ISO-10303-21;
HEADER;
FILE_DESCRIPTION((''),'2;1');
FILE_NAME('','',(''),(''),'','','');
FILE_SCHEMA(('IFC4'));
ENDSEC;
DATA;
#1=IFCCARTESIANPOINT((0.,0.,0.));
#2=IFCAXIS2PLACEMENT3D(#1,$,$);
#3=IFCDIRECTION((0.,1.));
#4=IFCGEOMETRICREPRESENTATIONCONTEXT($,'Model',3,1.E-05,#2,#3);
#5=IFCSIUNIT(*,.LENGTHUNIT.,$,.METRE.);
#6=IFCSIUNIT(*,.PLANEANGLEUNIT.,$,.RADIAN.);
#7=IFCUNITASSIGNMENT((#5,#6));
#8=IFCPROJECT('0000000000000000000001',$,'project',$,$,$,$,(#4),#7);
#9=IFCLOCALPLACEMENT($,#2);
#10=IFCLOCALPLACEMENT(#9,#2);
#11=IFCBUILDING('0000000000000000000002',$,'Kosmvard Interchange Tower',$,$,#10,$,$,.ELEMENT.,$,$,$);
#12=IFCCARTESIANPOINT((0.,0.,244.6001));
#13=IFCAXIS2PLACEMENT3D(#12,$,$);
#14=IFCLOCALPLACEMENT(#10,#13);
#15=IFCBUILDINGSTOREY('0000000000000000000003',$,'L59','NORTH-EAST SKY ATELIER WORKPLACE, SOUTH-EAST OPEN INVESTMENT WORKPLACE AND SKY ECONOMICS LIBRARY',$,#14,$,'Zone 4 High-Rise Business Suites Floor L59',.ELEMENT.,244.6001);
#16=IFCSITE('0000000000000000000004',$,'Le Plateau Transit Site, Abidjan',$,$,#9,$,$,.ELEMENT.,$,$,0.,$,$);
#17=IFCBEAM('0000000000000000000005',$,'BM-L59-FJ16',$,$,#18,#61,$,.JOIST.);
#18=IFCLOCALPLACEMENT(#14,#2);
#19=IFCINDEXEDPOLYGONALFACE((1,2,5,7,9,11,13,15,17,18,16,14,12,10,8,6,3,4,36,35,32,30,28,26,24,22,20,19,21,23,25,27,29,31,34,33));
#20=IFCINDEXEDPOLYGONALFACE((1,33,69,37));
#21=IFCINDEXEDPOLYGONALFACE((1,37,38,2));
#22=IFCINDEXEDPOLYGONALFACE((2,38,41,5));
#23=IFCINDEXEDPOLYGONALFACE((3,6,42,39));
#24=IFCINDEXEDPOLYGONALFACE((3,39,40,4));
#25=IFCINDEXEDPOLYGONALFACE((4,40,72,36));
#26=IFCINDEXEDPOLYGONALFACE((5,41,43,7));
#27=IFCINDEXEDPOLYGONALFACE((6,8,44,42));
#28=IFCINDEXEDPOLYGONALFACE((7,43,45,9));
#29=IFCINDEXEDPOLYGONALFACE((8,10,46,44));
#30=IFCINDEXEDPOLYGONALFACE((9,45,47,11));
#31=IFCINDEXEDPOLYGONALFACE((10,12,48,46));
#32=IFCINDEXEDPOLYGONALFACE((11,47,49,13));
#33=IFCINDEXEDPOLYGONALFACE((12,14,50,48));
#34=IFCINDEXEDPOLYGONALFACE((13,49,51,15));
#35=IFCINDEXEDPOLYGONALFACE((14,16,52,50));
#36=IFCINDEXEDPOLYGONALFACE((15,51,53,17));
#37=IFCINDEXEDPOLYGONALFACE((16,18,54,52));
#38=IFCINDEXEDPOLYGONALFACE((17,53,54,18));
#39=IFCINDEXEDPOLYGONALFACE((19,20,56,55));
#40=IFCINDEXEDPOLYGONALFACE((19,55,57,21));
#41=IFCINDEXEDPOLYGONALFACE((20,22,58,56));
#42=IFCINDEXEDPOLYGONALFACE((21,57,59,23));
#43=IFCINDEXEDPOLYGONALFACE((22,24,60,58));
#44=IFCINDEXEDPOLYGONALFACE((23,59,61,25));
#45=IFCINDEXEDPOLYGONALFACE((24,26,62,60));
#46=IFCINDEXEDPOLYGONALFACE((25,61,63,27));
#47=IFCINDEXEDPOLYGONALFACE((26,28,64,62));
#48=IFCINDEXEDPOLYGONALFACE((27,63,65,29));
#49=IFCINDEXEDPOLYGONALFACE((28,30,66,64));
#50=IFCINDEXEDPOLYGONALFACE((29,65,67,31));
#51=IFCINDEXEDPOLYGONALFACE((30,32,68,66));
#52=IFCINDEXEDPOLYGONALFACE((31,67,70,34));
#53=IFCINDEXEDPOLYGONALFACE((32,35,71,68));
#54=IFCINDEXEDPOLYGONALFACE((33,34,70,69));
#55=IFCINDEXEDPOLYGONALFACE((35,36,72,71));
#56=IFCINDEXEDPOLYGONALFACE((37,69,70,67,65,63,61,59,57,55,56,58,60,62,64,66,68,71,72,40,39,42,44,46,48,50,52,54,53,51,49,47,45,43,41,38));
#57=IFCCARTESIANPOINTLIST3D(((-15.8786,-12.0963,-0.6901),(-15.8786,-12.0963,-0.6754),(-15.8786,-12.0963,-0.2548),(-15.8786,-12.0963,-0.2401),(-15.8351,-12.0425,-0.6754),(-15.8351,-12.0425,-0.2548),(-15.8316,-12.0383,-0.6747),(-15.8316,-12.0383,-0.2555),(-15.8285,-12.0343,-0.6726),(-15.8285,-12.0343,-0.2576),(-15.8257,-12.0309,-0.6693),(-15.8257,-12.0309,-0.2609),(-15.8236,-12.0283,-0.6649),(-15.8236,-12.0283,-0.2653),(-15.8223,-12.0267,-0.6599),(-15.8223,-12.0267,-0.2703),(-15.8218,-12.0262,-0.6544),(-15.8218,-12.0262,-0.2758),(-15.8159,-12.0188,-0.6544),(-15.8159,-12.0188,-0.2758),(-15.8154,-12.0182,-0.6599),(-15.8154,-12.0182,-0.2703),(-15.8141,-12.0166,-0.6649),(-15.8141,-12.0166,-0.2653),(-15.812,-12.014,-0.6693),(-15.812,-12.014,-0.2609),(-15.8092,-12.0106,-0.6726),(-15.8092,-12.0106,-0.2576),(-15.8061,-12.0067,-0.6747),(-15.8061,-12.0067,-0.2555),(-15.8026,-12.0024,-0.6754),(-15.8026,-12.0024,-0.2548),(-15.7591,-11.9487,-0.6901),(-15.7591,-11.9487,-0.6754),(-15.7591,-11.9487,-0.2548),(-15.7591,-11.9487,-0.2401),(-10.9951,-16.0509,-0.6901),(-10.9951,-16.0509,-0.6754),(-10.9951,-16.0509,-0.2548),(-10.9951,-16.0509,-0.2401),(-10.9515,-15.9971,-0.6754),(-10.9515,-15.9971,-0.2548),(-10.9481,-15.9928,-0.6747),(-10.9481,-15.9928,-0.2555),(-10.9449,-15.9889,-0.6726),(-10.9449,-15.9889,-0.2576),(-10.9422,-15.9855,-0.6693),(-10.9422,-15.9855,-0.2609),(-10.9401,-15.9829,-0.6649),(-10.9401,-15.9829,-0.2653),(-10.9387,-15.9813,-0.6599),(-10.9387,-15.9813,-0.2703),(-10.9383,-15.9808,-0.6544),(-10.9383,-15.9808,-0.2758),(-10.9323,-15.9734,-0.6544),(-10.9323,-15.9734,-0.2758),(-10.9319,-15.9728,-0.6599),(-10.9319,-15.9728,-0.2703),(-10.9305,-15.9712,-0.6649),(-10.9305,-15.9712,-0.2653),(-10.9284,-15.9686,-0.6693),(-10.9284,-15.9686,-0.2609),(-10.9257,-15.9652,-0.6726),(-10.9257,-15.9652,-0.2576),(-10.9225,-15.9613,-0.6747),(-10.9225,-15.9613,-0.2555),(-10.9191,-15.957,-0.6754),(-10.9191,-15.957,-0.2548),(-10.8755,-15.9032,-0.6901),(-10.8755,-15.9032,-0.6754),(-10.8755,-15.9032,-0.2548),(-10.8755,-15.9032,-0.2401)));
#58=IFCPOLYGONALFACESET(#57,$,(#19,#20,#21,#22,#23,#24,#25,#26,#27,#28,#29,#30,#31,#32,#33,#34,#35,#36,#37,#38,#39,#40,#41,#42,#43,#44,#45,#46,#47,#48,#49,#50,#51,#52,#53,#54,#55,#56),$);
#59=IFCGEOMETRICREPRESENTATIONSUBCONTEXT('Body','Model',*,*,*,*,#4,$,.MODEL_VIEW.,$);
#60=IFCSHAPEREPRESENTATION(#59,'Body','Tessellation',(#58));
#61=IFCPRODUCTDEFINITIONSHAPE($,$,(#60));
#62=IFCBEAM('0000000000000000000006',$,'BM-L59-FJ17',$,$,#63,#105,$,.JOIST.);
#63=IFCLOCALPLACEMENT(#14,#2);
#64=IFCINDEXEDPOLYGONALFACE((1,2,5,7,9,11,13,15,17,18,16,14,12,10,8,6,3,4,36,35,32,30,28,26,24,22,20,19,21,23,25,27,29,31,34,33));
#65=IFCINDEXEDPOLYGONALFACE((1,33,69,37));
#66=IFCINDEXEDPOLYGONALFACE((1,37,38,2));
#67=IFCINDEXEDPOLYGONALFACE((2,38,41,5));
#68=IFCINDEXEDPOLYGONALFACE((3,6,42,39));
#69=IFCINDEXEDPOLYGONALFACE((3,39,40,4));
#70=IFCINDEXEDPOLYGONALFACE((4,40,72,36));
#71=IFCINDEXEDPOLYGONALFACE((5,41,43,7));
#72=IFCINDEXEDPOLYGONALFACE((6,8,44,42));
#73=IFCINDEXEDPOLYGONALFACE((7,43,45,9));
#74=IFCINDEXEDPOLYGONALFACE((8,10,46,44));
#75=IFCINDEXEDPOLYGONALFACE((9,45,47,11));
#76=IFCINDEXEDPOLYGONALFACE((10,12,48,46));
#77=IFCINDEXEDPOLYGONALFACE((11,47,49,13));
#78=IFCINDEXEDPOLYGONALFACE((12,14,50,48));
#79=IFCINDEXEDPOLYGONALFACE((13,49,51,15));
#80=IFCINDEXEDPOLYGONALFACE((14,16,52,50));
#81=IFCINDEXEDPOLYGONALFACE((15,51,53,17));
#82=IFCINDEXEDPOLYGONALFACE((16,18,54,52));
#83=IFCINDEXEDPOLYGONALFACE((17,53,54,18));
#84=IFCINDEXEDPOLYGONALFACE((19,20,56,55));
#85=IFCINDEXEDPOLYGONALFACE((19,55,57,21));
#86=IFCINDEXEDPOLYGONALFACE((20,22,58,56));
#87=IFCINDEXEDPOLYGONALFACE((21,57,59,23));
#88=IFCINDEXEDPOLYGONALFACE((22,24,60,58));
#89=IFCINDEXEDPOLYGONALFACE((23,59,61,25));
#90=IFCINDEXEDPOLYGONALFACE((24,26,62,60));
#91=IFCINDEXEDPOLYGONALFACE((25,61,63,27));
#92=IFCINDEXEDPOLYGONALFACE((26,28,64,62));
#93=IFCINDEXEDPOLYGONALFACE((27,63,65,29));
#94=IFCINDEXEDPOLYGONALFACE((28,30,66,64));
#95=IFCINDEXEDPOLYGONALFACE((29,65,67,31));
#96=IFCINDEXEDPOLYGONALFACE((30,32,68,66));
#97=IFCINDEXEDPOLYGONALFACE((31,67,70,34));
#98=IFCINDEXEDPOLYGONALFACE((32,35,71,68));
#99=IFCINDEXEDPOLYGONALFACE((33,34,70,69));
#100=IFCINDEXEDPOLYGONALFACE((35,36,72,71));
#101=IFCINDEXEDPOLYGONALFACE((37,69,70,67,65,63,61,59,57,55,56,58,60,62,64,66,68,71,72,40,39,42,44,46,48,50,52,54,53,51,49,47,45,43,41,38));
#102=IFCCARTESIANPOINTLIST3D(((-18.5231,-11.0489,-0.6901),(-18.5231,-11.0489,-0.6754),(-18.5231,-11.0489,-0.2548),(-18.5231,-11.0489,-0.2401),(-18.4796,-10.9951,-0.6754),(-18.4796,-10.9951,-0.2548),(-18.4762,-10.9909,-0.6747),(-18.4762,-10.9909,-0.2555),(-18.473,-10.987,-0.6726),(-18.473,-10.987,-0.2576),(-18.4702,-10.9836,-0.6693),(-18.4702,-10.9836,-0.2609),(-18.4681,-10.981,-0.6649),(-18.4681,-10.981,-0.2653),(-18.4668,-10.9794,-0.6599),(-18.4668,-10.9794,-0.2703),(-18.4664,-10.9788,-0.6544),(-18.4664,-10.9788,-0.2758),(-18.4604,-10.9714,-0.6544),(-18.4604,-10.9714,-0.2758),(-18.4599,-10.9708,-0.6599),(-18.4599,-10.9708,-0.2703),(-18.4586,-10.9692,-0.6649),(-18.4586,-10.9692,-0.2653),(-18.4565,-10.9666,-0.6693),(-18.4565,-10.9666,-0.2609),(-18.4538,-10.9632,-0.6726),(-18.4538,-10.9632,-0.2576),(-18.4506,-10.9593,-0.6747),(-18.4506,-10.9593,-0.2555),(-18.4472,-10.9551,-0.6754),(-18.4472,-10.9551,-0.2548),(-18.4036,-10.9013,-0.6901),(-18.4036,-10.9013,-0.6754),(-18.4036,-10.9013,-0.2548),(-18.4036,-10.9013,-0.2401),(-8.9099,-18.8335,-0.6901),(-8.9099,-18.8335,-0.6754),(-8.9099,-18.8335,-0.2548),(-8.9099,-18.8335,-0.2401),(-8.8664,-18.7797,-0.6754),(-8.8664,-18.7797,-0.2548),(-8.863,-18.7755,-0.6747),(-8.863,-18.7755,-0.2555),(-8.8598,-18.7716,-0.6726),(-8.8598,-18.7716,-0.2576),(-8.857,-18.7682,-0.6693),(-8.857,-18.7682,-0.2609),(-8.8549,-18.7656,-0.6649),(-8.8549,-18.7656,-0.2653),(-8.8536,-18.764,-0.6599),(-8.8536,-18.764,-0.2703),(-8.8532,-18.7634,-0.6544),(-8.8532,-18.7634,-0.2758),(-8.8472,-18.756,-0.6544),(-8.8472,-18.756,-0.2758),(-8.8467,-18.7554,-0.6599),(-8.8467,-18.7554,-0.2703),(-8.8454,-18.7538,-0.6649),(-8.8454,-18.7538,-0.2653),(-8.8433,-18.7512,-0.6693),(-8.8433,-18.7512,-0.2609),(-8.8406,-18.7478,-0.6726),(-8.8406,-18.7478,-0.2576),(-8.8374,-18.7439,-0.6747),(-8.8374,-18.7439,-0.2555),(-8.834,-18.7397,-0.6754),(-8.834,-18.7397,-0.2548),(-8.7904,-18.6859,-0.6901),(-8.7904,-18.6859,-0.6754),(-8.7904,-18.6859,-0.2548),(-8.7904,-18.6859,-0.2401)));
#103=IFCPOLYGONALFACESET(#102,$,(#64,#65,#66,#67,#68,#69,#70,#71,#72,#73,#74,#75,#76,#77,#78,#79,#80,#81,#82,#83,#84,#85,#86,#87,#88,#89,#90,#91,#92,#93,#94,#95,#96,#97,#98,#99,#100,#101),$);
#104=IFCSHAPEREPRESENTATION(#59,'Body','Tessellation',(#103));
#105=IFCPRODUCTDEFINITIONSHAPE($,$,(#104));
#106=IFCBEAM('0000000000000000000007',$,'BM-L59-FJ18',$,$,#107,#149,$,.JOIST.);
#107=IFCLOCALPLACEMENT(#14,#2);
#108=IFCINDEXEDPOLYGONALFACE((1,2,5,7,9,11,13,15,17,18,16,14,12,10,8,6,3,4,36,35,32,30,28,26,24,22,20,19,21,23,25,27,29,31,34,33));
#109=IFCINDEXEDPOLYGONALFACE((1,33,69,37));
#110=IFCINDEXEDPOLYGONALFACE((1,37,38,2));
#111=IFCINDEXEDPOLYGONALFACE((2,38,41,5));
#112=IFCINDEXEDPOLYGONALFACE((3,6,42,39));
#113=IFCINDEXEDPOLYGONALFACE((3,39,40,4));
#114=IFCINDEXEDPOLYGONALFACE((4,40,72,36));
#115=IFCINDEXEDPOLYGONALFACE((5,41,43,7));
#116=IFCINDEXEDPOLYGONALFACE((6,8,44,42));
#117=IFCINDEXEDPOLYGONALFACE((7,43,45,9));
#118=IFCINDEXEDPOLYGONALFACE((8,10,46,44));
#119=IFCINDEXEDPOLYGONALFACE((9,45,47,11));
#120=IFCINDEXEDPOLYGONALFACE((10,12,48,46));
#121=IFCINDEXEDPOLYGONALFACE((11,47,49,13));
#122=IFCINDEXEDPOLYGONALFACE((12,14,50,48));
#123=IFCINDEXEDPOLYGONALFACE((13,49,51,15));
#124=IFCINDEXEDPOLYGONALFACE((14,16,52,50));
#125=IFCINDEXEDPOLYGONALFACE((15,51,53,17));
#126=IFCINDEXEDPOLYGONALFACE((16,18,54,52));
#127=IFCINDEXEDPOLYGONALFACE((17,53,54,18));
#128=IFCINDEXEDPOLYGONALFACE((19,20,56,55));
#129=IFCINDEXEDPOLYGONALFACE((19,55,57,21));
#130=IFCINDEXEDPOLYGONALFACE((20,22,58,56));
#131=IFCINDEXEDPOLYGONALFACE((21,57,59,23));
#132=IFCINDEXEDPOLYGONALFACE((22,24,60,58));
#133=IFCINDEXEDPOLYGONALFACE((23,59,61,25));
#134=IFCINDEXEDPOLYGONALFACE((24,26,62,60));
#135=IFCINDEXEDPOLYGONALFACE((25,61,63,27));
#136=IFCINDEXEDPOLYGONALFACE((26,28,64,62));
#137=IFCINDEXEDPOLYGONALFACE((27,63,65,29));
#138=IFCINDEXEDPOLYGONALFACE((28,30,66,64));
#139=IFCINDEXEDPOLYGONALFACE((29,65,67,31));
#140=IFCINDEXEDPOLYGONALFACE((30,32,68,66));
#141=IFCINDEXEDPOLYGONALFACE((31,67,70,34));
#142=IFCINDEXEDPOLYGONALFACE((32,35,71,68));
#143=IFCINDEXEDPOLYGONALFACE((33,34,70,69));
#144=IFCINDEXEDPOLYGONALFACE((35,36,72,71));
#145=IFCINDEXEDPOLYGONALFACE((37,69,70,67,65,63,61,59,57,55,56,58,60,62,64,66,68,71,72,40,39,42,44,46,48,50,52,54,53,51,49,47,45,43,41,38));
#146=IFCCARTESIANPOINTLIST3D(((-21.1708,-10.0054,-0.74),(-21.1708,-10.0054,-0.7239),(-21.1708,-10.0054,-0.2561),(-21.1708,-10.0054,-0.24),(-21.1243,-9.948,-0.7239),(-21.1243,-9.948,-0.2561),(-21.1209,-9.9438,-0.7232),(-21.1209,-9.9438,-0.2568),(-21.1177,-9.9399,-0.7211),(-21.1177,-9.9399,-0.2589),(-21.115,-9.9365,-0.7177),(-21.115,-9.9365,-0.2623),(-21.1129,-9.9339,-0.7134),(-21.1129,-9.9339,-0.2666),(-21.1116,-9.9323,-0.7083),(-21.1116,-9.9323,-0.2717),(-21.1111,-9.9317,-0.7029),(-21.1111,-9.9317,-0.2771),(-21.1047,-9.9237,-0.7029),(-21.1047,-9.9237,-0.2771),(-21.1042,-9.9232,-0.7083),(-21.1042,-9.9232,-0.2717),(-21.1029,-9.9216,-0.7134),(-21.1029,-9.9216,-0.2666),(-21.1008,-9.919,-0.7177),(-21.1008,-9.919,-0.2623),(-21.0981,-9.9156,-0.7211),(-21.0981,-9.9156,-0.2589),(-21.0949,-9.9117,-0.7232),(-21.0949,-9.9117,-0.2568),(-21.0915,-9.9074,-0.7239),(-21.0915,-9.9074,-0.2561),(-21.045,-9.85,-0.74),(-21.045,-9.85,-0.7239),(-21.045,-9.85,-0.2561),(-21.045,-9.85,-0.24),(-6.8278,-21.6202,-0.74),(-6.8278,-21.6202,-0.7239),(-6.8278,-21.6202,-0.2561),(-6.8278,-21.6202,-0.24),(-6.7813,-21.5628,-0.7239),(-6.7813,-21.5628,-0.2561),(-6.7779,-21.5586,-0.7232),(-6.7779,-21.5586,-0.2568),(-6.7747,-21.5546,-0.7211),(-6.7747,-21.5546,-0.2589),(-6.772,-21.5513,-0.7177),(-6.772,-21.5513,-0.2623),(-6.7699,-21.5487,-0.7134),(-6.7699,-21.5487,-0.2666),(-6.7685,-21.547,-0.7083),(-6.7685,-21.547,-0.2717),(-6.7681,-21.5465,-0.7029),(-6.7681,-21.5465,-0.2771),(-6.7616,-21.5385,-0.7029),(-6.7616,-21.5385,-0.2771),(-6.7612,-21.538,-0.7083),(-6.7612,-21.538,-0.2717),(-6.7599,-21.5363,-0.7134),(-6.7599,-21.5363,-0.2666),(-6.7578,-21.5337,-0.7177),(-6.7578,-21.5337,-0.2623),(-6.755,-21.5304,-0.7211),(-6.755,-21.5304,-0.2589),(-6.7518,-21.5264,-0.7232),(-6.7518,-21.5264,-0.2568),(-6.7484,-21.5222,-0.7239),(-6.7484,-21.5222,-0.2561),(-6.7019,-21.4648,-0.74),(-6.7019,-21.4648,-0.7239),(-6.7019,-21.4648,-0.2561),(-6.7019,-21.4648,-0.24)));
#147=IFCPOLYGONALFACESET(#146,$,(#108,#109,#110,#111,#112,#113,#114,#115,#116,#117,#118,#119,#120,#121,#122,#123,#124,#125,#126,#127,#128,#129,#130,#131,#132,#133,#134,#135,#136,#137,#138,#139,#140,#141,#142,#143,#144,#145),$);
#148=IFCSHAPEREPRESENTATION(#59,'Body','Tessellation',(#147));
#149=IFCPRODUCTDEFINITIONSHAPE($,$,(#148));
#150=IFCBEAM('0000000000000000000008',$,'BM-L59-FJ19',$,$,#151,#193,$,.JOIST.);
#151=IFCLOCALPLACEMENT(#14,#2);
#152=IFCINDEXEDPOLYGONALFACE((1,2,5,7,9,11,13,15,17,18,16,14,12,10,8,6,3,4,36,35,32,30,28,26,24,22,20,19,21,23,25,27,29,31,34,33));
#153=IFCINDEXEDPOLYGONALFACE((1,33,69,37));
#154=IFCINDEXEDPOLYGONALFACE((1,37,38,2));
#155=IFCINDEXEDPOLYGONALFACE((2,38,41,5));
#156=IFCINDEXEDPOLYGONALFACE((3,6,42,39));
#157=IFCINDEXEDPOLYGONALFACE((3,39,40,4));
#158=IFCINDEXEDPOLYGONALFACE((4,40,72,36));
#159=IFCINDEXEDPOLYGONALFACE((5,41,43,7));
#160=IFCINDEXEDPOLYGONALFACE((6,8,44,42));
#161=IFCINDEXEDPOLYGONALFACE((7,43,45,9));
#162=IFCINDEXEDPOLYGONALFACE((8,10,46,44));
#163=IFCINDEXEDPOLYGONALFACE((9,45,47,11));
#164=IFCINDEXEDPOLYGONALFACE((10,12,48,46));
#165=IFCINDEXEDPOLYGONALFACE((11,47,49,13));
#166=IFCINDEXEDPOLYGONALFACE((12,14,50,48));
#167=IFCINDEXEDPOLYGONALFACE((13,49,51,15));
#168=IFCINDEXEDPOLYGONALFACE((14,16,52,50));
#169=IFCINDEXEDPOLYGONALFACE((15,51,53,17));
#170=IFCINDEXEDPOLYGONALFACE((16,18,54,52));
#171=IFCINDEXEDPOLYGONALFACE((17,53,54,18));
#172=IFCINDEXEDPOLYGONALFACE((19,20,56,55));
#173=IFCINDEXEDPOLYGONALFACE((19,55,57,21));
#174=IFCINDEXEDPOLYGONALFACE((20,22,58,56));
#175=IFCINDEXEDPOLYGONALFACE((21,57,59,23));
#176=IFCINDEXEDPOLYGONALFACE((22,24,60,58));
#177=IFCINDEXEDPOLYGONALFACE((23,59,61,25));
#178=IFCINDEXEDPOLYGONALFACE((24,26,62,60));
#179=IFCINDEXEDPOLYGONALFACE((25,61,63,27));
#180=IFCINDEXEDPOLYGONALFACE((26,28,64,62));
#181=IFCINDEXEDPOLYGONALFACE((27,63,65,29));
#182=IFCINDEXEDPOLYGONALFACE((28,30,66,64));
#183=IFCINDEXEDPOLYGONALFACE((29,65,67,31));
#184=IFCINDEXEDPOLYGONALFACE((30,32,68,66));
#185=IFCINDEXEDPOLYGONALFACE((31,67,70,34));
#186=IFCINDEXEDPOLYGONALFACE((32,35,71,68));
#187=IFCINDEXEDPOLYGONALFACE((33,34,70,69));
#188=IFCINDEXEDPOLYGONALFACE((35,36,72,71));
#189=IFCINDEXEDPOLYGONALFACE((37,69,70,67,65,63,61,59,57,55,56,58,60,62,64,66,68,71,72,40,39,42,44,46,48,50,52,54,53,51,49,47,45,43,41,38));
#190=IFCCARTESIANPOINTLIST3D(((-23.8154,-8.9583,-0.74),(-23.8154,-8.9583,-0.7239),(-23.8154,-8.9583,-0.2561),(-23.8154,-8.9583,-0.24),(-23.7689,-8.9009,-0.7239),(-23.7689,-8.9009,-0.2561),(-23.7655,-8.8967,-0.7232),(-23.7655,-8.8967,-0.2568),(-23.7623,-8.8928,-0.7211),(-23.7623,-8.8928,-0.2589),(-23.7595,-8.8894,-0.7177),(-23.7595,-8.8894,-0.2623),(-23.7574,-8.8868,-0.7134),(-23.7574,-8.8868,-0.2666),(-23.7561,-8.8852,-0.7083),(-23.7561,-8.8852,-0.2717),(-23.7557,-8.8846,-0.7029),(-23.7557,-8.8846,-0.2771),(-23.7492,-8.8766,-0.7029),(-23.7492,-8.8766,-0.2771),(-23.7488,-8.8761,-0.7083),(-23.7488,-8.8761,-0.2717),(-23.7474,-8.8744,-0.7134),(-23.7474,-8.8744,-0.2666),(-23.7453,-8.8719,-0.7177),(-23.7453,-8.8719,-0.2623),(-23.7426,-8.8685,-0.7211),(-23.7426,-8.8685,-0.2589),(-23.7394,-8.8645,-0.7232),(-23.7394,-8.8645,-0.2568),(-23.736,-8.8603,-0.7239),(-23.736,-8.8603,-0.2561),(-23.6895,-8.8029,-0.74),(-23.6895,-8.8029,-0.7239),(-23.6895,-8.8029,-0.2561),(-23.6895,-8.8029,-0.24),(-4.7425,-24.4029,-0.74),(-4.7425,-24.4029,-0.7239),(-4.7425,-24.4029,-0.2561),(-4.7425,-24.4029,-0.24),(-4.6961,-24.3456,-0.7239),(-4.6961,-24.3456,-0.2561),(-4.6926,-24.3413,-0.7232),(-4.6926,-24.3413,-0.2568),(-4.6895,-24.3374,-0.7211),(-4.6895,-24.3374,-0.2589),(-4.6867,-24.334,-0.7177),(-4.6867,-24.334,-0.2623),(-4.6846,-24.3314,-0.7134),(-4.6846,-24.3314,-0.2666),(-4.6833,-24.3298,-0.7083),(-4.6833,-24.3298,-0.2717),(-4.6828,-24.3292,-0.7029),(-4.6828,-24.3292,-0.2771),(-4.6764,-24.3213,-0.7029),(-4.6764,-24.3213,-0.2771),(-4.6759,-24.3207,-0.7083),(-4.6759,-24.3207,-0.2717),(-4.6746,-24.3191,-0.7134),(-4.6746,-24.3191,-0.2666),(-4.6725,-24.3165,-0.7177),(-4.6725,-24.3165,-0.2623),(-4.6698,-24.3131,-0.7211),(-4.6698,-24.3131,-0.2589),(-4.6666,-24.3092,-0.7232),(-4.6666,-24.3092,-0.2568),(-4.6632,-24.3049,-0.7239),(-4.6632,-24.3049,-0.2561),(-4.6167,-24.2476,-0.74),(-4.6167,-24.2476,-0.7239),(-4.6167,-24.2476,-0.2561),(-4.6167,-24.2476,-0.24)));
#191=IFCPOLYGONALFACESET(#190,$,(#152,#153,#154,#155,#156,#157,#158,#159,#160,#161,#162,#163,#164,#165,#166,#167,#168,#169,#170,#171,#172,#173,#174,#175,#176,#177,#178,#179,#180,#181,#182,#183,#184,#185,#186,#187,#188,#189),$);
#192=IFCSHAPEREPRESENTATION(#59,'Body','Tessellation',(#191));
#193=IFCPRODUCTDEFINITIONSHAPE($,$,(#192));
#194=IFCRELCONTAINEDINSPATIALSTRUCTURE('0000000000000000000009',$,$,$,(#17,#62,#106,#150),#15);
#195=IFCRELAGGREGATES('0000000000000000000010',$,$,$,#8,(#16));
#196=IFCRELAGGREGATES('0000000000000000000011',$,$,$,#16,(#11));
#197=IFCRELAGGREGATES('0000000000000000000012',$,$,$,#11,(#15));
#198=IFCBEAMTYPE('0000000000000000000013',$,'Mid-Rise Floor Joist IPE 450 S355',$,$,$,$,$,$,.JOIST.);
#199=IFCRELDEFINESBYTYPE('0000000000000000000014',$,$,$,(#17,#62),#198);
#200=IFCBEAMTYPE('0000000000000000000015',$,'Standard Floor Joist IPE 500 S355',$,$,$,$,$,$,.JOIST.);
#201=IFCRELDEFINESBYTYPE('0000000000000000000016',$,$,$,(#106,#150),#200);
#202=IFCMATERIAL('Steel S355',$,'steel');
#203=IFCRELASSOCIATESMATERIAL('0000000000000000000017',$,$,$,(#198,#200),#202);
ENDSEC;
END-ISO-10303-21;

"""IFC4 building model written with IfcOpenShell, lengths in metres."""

from ifc_helpers import new_model, si_unit, direction, frame, origin, origin_2d, place, context, subcontext, project, spatial, i_section, extrude, source, transform, mapped, material, material_profile, profile_set, type_object, element, save


model = new_model("IFC4")

# Units and contexts
model_context = context("Model", 3, precision=1e-05, world=origin(), true_north=direction((0.0, 1.0)))
body_context = subcontext(model_context, "Body", "Model", "MODEL_VIEW")
ifc_project = project(units=[si_unit("LENGTHUNIT", "METRE"), si_unit("PLANEANGLEUNIT", "RADIAN")], contexts=[model_context])

# Site, building, storey
site_placement = place(None, origin())
site = spatial("IfcSite", under=ifc_project, at=site_placement, Name="Le Plateau Transit Site, Abidjan", CompositionType="ELEMENT", RefElevation=0.0)
building_placement = place(site_placement, origin())
building = spatial("IfcBuilding", under=site, at=building_placement, Name="Kosmvard Interchange Tower", CompositionType="ELEMENT")
storey_placement = place(building_placement, frame((0.0, 0.0, 244.6001)))
storey = spatial("IfcBuildingStorey", under=building, at=storey_placement, Name="L59", Description="NORTH-EAST SKY ATELIER WORKPLACE, SOUTH-EAST OPEN INVESTMENT WORKPLACE AND SKY ECONOMICS LIBRARY", LongName="Zone 4 High-Rise Business Suites Floor L59", CompositionType="ELEMENT", Elevation=244.6001)

# Beams
ifc_material_1 = material(Name="Steel S355", Category="steel")
ifc_material_profile_1 = material_profile(ifc_material_1, i_section(OverallWidth=0.1899, OverallDepth=0.45, WebThickness=0.0095, FlangeThickness=0.0146, FilletRadius=0.021, at=origin_2d()), Name="IPE 450")
ifc_profile_set_1 = profile_set([ifc_material_profile_1], Name="Steel S355")
beam_type_1 = type_object("IfcBeamType", Name="Mid-Rise Floor Joist IPE 450 S355", PredefinedType="JOIST", material=ifc_profile_set_1)
shared_shape_1 = source(origin(), body_context, "Body", "SweptSolid", [
    extrude(i_section(OverallWidth=0.1899, OverallDepth=0.45, WebThickness=0.0095, FlangeThickness=0.0146, FilletRadius=0.021, at=origin_2d()), origin(), (0.0, 0.0, 1.0), 6.2839),
])
beam_1_placement = place(storey_placement, frame((-15.8188, -12.0225, -0.4651), z_axis=(0.777148, -0.629318, 0.0), x_axis=(0.629318, 0.777148, 0.0)))
element("IfcBeam", 1, at=beam_1_placement, inside=storey, type_object=beam_type_1, Name="BM-L59-FJ16", PredefinedType="JOIST", context=body_context, shape_type="MappedRepresentation", body=[
    mapped(shared_shape_1, transform((0.0, 0.0, 0.0), scale=1.0)),
])
shared_shape_2 = source(origin(), body_context, "Body", "SweptSolid", [
    extrude(i_section(OverallWidth=0.1899, OverallDepth=0.45, WebThickness=0.0095, FlangeThickness=0.0146, FilletRadius=0.021, at=origin_2d()), origin(), (0.0, 0.0, 1.0), 12.3699),
])
beam_2_placement = place(storey_placement, frame((-18.4634, -10.9751, -0.4651), z_axis=(0.777147, -0.62932, 0.0), x_axis=(0.62932, 0.777147, 0.0)))
element("IfcBeam", 2, at=beam_2_placement, inside=storey, type_object=beam_type_1, Name="BM-L59-FJ17", PredefinedType="JOIST", context=body_context, shape_type="MappedRepresentation", body=[
    mapped(shared_shape_2, transform((0.0, 0.0, 0.0), scale=1.0)),
])
ifc_material_profile_2 = material_profile(ifc_material_1, i_section(OverallWidth=0.2, OverallDepth=0.5, WebThickness=0.0103, FlangeThickness=0.0161, FilletRadius=0.021, at=origin_2d()), Name="IPE 500")
ifc_profile_set_2 = profile_set([ifc_material_profile_2], Name="Steel S355")
beam_type_2 = type_object("IfcBeamType", Name="Standard Floor Joist IPE 500 S355", PredefinedType="JOIST", material=ifc_profile_set_2)
shared_shape_3 = source(origin(), body_context, "Body", "SweptSolid", [
    extrude(i_section(OverallWidth=0.2, OverallDepth=0.5, WebThickness=0.0103, FlangeThickness=0.0161, FilletRadius=0.021, at=origin_2d()), origin(), (0.0, 0.0, 1.0), 18.4561),
])
beam_3_placement = place(storey_placement, frame((-21.1079, -9.9277, -0.49), z_axis=(0.777146, -0.62932, 0.0), x_axis=(0.62932, 0.777146, 0.0)))
element("IfcBeam", 3, at=beam_3_placement, inside=storey, type_object=beam_type_2, Name="BM-L59-FJ18", PredefinedType="JOIST", context=body_context, shape_type="MappedRepresentation", body=[
    mapped(shared_shape_3, transform((0.0, 0.0, 0.0), scale=1.0)),
])
shared_shape_4 = source(origin(), body_context, "Body", "SweptSolid", [
    extrude(i_section(OverallWidth=0.2, OverallDepth=0.5, WebThickness=0.0103, FlangeThickness=0.0161, FilletRadius=0.021, at=origin_2d()), origin(), (0.0, 0.0, 1.0), 24.542),
])
beam_4_placement = place(storey_placement, frame((-23.7524, -8.8806, -0.49), z_axis=(0.777151, -0.629315, 0.0), x_axis=(0.629315, 0.777151, 0.0)))
element("IfcBeam", 4, at=beam_4_placement, inside=storey, type_object=beam_type_2, Name="BM-L59-FJ19", PredefinedType="JOIST", context=body_context, shape_type="MappedRepresentation", body=[
    mapped(shared_shape_4, transform((0.0, 0.0, 0.0), scale=1.0)),
])

save(model, "model.ifc")
